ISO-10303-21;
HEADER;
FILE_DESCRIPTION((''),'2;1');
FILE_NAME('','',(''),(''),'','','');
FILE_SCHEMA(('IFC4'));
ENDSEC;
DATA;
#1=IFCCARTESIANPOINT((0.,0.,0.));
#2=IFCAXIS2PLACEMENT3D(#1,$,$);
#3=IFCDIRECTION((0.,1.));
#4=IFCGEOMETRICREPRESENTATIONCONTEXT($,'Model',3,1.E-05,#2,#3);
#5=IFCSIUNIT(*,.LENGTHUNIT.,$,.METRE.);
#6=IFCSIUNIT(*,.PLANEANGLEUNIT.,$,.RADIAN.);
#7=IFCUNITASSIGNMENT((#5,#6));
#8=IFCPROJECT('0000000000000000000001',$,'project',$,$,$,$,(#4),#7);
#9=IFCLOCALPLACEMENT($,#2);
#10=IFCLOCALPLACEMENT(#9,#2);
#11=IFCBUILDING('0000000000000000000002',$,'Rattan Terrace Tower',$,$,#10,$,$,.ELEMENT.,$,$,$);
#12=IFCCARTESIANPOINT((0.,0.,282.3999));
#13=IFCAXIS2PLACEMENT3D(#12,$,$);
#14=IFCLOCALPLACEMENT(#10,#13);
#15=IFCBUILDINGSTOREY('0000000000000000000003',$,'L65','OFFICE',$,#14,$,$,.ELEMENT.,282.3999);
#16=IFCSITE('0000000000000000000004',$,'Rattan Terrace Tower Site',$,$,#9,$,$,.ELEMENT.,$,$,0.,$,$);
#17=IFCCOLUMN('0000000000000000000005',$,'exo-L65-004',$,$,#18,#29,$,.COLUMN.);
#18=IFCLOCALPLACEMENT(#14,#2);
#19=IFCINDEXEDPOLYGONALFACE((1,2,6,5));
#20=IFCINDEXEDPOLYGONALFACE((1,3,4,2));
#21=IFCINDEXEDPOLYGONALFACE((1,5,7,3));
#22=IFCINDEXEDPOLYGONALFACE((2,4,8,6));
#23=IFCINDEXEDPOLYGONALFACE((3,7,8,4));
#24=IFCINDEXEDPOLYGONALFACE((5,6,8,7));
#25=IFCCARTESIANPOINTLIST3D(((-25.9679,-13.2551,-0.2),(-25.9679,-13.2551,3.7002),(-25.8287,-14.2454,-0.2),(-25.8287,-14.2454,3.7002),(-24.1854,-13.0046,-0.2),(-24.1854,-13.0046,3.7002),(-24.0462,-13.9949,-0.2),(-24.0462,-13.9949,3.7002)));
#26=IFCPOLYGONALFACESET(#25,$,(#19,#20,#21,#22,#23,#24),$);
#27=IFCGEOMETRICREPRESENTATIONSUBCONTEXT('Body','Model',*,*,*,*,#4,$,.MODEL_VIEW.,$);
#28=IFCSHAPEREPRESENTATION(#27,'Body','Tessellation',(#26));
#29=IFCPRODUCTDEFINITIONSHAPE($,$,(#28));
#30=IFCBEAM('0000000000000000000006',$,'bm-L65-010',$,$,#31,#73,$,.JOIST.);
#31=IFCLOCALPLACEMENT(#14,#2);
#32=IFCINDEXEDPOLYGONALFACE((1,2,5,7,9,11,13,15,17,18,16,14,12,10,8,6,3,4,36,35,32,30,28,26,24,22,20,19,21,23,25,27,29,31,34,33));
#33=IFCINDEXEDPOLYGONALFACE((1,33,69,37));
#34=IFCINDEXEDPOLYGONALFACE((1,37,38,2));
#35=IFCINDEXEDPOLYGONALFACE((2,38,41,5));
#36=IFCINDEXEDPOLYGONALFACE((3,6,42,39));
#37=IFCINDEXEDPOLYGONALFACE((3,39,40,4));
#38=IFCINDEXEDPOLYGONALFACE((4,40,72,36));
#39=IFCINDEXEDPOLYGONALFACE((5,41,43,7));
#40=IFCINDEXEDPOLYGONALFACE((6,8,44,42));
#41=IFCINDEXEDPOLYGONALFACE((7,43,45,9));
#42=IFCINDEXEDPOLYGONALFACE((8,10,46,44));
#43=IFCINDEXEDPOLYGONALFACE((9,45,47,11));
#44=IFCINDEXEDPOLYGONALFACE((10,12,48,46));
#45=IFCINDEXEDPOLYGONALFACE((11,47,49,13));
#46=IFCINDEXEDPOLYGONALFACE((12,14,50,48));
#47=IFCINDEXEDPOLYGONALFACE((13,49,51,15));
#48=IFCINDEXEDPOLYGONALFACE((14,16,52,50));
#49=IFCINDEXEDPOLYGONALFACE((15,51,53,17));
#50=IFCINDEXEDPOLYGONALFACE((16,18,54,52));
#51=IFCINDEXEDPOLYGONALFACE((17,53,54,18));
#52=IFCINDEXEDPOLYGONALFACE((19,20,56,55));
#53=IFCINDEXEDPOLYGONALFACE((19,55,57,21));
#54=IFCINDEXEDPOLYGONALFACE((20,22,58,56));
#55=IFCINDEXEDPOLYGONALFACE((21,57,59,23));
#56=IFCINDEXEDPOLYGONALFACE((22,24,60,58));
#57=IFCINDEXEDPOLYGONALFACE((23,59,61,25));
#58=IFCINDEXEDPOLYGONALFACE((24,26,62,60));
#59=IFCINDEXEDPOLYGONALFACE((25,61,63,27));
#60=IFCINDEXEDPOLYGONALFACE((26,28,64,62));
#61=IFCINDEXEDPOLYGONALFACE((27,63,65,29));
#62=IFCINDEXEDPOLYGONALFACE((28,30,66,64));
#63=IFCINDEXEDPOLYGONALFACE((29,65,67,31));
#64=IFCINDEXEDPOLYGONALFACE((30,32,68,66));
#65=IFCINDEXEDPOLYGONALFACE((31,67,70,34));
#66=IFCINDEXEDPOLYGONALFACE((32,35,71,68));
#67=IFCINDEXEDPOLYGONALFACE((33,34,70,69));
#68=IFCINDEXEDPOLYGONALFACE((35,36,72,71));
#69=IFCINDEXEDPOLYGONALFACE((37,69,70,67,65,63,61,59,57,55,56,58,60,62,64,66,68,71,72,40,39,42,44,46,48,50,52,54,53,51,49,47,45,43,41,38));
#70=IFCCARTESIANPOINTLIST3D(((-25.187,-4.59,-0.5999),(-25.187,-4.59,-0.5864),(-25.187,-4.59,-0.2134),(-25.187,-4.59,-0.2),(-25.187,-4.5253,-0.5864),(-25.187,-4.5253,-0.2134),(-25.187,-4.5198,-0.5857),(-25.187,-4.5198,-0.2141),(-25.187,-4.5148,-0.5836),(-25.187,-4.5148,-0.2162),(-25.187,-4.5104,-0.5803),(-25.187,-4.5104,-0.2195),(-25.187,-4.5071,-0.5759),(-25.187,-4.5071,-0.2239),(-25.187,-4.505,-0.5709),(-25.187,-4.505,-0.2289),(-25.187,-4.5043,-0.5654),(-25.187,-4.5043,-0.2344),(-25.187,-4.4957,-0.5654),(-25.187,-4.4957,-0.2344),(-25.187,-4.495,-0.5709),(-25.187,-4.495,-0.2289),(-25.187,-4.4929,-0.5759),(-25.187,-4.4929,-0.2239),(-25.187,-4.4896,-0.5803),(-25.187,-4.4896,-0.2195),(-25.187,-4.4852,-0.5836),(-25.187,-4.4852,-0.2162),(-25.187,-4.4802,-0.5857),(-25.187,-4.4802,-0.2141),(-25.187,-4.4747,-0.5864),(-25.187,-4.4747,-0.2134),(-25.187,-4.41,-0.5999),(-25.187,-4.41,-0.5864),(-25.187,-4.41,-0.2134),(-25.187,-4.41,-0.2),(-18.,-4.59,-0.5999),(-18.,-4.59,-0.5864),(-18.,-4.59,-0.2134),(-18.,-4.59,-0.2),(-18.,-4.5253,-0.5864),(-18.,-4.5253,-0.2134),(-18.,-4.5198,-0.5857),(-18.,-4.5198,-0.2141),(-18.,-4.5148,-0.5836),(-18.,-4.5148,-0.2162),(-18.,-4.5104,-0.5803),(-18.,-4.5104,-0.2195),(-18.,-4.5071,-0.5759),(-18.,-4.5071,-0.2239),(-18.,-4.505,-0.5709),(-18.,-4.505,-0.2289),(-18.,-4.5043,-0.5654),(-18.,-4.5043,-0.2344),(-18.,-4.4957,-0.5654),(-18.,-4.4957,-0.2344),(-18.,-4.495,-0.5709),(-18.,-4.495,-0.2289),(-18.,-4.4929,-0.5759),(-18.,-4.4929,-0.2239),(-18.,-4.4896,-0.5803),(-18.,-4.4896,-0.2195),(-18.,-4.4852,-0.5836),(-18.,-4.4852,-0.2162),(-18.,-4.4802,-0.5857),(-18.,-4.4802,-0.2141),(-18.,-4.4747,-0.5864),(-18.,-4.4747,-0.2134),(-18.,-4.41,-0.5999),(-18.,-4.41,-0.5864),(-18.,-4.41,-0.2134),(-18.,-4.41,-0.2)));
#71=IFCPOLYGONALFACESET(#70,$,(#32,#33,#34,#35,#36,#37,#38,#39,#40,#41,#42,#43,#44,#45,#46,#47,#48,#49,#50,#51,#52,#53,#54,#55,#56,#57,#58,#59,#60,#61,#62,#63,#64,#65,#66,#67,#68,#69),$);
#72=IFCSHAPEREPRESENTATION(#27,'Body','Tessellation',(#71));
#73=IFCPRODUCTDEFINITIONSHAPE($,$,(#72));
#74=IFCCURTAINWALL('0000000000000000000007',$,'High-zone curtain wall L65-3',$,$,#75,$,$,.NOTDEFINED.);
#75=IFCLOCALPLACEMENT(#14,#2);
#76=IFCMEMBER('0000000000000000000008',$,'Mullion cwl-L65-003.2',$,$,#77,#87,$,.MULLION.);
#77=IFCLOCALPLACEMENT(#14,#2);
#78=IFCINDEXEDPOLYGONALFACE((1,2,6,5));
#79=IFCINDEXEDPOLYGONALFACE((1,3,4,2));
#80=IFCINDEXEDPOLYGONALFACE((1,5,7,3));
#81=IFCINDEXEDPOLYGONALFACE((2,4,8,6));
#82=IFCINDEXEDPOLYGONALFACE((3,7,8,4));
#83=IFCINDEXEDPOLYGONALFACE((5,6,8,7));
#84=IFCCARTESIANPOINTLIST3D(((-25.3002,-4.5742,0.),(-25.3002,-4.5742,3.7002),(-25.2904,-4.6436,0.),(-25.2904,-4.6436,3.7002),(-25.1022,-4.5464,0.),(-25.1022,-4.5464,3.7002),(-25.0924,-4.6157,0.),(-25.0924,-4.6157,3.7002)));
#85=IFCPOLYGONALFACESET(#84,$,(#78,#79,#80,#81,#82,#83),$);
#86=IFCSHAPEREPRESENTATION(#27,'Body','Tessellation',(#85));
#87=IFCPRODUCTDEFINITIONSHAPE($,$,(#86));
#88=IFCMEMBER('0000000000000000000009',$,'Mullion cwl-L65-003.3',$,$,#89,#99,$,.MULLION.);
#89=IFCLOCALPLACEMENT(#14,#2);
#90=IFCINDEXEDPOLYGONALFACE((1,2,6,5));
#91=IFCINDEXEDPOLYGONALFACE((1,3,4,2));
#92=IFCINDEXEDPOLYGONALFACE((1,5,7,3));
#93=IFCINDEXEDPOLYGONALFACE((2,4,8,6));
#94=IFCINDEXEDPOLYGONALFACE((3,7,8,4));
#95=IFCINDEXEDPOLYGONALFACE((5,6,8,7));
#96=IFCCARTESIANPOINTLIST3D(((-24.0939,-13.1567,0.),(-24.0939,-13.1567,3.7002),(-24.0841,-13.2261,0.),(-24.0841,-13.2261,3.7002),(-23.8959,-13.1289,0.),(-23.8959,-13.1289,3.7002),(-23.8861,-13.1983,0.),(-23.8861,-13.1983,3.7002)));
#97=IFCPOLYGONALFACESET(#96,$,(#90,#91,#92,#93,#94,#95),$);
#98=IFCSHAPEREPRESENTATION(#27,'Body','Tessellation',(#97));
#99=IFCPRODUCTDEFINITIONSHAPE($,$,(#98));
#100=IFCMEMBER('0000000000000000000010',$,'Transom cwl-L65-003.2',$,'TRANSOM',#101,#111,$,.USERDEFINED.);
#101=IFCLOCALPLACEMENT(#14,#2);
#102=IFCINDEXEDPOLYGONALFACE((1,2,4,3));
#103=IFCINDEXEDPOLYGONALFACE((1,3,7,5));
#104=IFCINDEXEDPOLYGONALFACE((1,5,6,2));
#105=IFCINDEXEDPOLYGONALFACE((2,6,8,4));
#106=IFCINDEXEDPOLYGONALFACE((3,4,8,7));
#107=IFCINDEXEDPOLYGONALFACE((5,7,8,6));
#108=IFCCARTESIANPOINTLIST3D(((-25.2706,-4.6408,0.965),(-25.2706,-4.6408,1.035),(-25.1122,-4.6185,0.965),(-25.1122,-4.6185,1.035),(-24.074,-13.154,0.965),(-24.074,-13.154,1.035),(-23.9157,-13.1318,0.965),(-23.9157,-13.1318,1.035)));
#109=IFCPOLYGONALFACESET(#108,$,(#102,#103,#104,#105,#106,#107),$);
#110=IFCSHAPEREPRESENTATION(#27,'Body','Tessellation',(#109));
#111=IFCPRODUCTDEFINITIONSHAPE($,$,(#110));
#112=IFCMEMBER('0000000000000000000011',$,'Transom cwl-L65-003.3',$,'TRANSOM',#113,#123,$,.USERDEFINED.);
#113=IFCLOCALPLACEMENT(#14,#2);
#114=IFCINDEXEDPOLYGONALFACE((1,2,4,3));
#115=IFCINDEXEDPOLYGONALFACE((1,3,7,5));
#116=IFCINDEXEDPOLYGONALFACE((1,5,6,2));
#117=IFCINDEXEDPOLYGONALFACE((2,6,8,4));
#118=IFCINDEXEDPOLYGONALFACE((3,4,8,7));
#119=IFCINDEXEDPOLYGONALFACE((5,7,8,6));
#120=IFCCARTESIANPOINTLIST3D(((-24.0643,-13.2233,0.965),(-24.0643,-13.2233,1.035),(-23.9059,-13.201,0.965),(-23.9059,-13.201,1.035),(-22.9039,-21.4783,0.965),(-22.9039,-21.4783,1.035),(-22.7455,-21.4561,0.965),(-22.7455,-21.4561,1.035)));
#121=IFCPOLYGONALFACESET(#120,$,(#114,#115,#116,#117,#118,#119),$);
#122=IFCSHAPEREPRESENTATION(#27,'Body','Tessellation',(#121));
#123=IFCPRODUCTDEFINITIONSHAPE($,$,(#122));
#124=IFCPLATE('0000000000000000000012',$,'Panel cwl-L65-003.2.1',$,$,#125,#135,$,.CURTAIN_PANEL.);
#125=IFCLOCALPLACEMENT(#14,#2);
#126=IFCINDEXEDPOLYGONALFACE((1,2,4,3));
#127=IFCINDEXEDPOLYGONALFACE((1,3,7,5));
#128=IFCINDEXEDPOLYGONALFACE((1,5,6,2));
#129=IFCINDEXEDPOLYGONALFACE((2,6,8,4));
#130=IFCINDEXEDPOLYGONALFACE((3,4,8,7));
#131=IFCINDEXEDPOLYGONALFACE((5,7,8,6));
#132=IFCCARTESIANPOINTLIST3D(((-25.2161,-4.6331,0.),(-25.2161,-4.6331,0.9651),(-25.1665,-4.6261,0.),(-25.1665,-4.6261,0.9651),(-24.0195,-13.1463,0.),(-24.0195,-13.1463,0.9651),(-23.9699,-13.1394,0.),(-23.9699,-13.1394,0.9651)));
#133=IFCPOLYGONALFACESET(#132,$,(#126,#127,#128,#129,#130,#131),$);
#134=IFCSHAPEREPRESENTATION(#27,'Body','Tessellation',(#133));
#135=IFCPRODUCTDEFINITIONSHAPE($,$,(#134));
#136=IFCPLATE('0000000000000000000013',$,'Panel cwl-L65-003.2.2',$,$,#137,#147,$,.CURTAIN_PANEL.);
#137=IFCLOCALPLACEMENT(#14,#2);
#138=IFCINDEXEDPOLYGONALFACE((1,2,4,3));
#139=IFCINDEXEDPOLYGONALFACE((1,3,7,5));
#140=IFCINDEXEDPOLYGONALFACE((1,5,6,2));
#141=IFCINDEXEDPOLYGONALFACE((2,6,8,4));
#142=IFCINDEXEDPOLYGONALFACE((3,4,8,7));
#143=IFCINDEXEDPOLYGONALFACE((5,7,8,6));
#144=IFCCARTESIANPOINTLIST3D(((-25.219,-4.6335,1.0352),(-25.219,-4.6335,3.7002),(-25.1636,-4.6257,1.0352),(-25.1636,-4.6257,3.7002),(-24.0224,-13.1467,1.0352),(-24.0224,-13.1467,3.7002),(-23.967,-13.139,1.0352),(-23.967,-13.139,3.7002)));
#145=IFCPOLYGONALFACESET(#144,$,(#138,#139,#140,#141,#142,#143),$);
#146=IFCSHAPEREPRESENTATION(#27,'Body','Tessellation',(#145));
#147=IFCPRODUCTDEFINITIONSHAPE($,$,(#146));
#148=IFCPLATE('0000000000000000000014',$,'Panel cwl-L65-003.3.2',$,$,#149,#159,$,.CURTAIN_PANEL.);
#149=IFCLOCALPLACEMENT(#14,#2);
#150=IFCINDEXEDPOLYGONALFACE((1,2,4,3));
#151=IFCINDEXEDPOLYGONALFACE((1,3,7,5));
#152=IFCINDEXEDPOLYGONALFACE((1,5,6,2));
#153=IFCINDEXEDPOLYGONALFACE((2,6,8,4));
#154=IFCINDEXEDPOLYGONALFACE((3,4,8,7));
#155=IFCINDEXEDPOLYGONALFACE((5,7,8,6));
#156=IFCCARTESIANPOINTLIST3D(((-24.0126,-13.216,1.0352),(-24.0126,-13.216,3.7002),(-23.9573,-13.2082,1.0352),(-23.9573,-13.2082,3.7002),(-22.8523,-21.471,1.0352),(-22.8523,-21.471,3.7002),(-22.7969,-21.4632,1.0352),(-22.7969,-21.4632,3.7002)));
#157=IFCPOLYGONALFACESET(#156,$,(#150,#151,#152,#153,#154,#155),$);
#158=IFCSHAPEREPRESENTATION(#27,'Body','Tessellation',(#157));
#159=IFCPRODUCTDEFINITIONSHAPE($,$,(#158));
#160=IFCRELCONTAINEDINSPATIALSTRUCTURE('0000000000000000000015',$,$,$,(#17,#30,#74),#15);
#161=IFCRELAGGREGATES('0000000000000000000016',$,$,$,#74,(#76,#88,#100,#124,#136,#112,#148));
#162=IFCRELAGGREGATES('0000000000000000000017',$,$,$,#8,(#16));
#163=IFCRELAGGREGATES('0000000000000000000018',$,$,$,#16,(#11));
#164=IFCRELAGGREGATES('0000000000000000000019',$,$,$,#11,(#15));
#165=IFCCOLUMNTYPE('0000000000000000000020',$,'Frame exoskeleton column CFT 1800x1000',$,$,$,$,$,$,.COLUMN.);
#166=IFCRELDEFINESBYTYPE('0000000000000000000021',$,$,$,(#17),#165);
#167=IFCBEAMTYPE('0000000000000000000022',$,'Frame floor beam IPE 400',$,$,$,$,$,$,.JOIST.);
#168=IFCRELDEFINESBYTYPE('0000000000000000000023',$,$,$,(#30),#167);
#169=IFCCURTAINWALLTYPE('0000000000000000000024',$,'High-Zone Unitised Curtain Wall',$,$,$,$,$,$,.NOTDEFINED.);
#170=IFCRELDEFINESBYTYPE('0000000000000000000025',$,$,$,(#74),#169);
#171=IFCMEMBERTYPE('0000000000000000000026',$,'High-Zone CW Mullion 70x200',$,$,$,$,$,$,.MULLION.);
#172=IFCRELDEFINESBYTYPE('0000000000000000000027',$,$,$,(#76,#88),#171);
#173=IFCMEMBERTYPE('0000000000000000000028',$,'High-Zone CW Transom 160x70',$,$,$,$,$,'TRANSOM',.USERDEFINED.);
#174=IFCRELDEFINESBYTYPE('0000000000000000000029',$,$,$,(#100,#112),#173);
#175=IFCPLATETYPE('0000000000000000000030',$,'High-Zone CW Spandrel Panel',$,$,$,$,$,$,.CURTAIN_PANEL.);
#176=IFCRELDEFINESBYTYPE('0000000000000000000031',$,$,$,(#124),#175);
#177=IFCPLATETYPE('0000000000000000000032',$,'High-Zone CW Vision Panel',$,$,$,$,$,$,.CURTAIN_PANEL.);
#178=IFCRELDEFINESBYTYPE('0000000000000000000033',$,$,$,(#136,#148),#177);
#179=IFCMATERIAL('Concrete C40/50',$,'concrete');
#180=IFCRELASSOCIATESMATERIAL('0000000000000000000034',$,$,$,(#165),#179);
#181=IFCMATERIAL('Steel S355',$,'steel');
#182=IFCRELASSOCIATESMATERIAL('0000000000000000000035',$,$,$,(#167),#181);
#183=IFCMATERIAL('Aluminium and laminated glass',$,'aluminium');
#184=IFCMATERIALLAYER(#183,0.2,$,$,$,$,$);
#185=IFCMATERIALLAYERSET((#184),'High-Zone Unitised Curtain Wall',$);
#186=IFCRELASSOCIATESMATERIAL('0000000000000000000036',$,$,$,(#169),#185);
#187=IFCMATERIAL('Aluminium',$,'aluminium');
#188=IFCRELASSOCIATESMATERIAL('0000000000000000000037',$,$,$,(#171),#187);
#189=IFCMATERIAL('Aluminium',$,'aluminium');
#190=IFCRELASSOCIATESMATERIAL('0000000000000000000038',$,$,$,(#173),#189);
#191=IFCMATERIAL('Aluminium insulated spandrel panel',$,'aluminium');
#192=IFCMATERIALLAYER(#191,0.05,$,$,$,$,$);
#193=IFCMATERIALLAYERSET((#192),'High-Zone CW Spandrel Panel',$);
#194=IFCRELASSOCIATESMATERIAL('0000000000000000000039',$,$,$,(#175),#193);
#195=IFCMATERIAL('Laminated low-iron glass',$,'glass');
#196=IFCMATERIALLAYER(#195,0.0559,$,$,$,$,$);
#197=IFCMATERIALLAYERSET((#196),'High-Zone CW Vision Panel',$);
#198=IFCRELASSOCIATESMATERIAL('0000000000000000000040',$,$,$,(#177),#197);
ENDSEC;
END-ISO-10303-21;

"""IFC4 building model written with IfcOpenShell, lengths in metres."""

from ifc_helpers import new_model, si_unit, direction, frame, origin, origin_2d, place, context, subcontext, project, spatial, rectangle, i_section, extrude, material, layer, layer_set, material_profile, profile_set, type_object, element, aggregate, save


model = new_model("IFC4")

# Units and contexts
model_context = context("Model", 3, precision=1e-05, world=origin(), true_north=direction((0.0, 1.0)))
body_context = subcontext(model_context, "Body", "Model", "MODEL_VIEW")
ifc_project = project(units=[si_unit("LENGTHUNIT", "METRE"), si_unit("PLANEANGLEUNIT", "RADIAN")], contexts=[model_context])

# Site, building, storey
site_placement = place(None, origin())
site = spatial("IfcSite", under=ifc_project, at=site_placement, Name="Rattan Terrace Tower Site", CompositionType="ELEMENT", RefElevation=0.0)
building_placement = place(site_placement, origin())
building = spatial("IfcBuilding", under=site, at=building_placement, Name="Rattan Terrace Tower", CompositionType="ELEMENT")
storey_placement = place(building_placement, frame((0.0, 0.0, 282.3999)))
storey = spatial("IfcBuildingStorey", under=building, at=storey_placement, Name="L65", Description="OFFICE", CompositionType="ELEMENT", Elevation=282.3999)

# Column
ifc_material_1 = material(Name="Concrete C40/50", Category="concrete")
ifc_material_profile_1 = material_profile(ifc_material_1, rectangle(XDim=1.0, YDim=1.8, at=origin_2d()), Name="CFT 1800x1000")
ifc_profile_set_1 = profile_set([ifc_material_profile_1], Name="Concrete C40/50")
column_type = type_object("IfcColumnType", Name="Frame exoskeleton column CFT 1800x1000", PredefinedType="COLUMN", material=ifc_profile_set_1)
column_placement = place(storey_placement, frame((-25.0071, -13.625, -0.2), z_axis=(0.0, 0.0, 1.0), x_axis=(-0.13919, 0.990266, 0.0)))
element("IfcColumn", 1, at=column_placement, inside=storey, type_object=column_type, Name="exo-L65-004", PredefinedType="COLUMN", context=body_context, shape_type="SweptSolid", body=[
    extrude(rectangle(XDim=1.0, YDim=1.8, at=origin_2d()), origin(), (0.0, 0.0, 1.0), 3.9001),
])

# Beam
ifc_material_2 = material(Name="Steel S355", Category="steel")
ifc_material_profile_2 = material_profile(ifc_material_2, i_section(OverallWidth=0.1799, OverallDepth=0.3999, WebThickness=0.0085, FlangeThickness=0.0134, FilletRadius=0.021, at=origin_2d()), Name="IPE 400")
ifc_profile_set_2 = profile_set([ifc_material_profile_2], Name="Steel S355")
beam_type = type_object("IfcBeamType", Name="Frame floor beam IPE 400", PredefinedType="JOIST", material=ifc_profile_set_2)
beam_placement = place(storey_placement, frame((-25.187, -4.5, -0.3999), z_axis=(1.0, 0.0, 0.0), x_axis=(0.0, 1.0, 0.0)))
element("IfcBeam", 2, at=beam_placement, inside=storey, type_object=beam_type, Name="bm-L65-010", PredefinedType="JOIST", context=body_context, shape_type="SweptSolid", body=[
    extrude(i_section(OverallWidth=0.1799, OverallDepth=0.3999, WebThickness=0.0085, FlangeThickness=0.0134, FilletRadius=0.021, at=origin_2d()), origin(), (0.0, 0.0, 1.0), 7.187),
])

# Curtain wall, members, plates
ifc_material_3 = material(Name="Aluminium and laminated glass", Category="aluminium")
ifc_layer_1 = layer(ifc_material_3, 0.2)
ifc_layer_set_1 = layer_set([ifc_layer_1], Name="High-Zone Unitised Curtain Wall")
curtain_wall_type = type_object("IfcCurtainWallType", Name="High-Zone Unitised Curtain Wall", PredefinedType="NOTDEFINED", material=ifc_layer_set_1)
curtain_wall_placement = place(storey_placement, origin())
curtain_wall = element("IfcCurtainWall", 3, at=curtain_wall_placement, inside=storey, type_object=curtain_wall_type, Name="High-zone curtain wall L65-3", PredefinedType="NOTDEFINED")
ifc_material_4 = material(Name="Aluminium", Category="aluminium")
ifc_material_profile_3 = material_profile(ifc_material_4, rectangle(XDim=0.0701, YDim=0.2, at=origin_2d()), Name="Aluminium 70x200")
ifc_profile_set_3 = profile_set([ifc_material_profile_3], Name="Aluminium")
member_type_1 = type_object("IfcMemberType", Name="High-Zone CW Mullion 70x200", PredefinedType="MULLION", material=ifc_profile_set_3)
member_1_placement = place(storey_placement, frame((-25.1963, -4.595, 0.0), z_axis=(0.0, 0.0, 1.0), x_axis=(0.139192, -0.990265, 0.0)))
member_1 = element("IfcMember", 4, at=member_1_placement, type_object=member_type_1, Name="Mullion cwl-L65-003.2", PredefinedType="MULLION", context=body_context, shape_type="SweptSolid", body=[
    extrude(rectangle(XDim=0.0701, YDim=0.2, at=origin_2d()), origin(), (0.0, 0.0, 1.0), 3.7002),
])
member_2_placement = place(storey_placement, frame((-23.99, -13.1775, 0.0), z_axis=(0.0, 0.0, 1.0), x_axis=(0.139192, -0.990265, 0.0)))
member_2 = element("IfcMember", 5, at=member_2_placement, type_object=member_type_1, Name="Mullion cwl-L65-003.3", PredefinedType="MULLION", context=body_context, shape_type="SweptSolid", body=[
    extrude(rectangle(XDim=0.0701, YDim=0.2, at=origin_2d()), origin(), (0.0, 0.0, 1.0), 3.7002),
])
ifc_material_5 = material(Name="Aluminium", Category="aluminium")
ifc_material_profile_4 = material_profile(ifc_material_5, rectangle(XDim=0.1599, YDim=0.0701, at=origin_2d()), Name="Aluminium 160x70")
ifc_profile_set_4 = profile_set([ifc_material_profile_4], Name="Aluminium")
member_type_2 = type_object("IfcMemberType", Name="High-Zone CW Transom 160x70", ElementType="TRANSOM", PredefinedType="USERDEFINED", material=ifc_profile_set_4)
member_3_placement = place(storey_placement, frame((-25.1914, -4.6296, 1.0), z_axis=(0.139183, -0.990267, 0.0), x_axis=(0.990267, 0.139183, 0.0)))
member_3 = element("IfcMember", 6, at=member_3_placement, type_object=member_type_2, Name="Transom cwl-L65-003.2", ObjectType="TRANSOM", PredefinedType="USERDEFINED", context=body_context, shape_type="SweptSolid", body=[
    extrude(rectangle(XDim=0.1599, YDim=0.0701, at=origin_2d()), origin(), (0.0, 0.0, 1.0), 8.5969),
])
member_4_placement = place(storey_placement, frame((-23.9851, -13.2122, 1.0), z_axis=(0.139199, -0.990264, 0.0), x_axis=(0.990264, 0.139199, 0.0)))
member_4 = element("IfcMember", 7, at=member_4_placement, type_object=member_type_2, Name="Transom cwl-L65-003.3", ObjectType="TRANSOM", PredefinedType="USERDEFINED", context=body_context, shape_type="SweptSolid", body=[
    extrude(rectangle(XDim=0.1599, YDim=0.0701, at=origin_2d()), origin(), (0.0, 0.0, 1.0), 8.3362),
])
ifc_material_6 = material(Name="Aluminium insulated spandrel panel", Category="aluminium")
ifc_layer_2 = layer(ifc_material_6, 0.05)
ifc_layer_set_2 = layer_set([ifc_layer_2], Name="High-Zone CW Spandrel Panel")
plate_type_1 = type_object("IfcPlateType", Name="High-Zone CW Spandrel Panel", PredefinedType="CURTAIN_PANEL", material=ifc_layer_set_2)
plate_1_placement = place(storey_placement, frame((-24.593, -8.8862, 0.0), z_axis=(0.0, 0.0, 1.0), x_axis=(0.139192, -0.990265, 0.0)))
plate_1 = element("IfcPlate", 8, at=plate_1_placement, type_object=plate_type_1, Name="Panel cwl-L65-003.2.1", PredefinedType="CURTAIN_PANEL", context=body_context, shape_type="SweptSolid", body=[
    extrude(rectangle(XDim=8.5969, YDim=0.05, at=origin_2d()), origin(), (0.0, 0.0, 1.0), 0.9651),
])
ifc_material_7 = material(Name="Laminated low-iron glass", Category="glass")
ifc_layer_3 = layer(ifc_material_7, 0.0559)
ifc_layer_set_3 = layer_set([ifc_layer_3], Name="High-Zone CW Vision Panel")
plate_type_2 = type_object("IfcPlateType", Name="High-Zone CW Vision Panel", PredefinedType="CURTAIN_PANEL", material=ifc_layer_set_3)
plate_2_placement = place(storey_placement, frame((-24.593, -8.8862, 1.0352), z_axis=(0.0, 0.0, 1.0), x_axis=(0.139192, -0.990265, 0.0)))
plate_2 = element("IfcPlate", 9, at=plate_2_placement, type_object=plate_type_2, Name="Panel cwl-L65-003.2.2", PredefinedType="CURTAIN_PANEL", context=body_context, shape_type="SweptSolid", body=[
    extrude(rectangle(XDim=8.5969, YDim=0.0559, at=origin_2d()), origin(), (0.0, 0.0, 1.0), 2.665),
])
plate_3_placement = place(storey_placement, frame((-23.4048, -17.3396, 1.0352), z_axis=(0.0, 0.0, 1.0), x_axis=(0.139192, -0.990265, 0.0)))
plate_3 = element("IfcPlate", 10, at=plate_3_placement, type_object=plate_type_2, Name="Panel cwl-L65-003.3.2", PredefinedType="CURTAIN_PANEL", context=body_context, shape_type="SweptSolid", body=[
    extrude(rectangle(XDim=8.3362, YDim=0.0559, at=origin_2d()), origin(), (0.0, 0.0, 1.0), 2.665),
])
aggregate(curtain_wall, [member_1, member_2, member_3, plate_1, plate_2, member_4, plate_3])

save(model, "model.ifc")
